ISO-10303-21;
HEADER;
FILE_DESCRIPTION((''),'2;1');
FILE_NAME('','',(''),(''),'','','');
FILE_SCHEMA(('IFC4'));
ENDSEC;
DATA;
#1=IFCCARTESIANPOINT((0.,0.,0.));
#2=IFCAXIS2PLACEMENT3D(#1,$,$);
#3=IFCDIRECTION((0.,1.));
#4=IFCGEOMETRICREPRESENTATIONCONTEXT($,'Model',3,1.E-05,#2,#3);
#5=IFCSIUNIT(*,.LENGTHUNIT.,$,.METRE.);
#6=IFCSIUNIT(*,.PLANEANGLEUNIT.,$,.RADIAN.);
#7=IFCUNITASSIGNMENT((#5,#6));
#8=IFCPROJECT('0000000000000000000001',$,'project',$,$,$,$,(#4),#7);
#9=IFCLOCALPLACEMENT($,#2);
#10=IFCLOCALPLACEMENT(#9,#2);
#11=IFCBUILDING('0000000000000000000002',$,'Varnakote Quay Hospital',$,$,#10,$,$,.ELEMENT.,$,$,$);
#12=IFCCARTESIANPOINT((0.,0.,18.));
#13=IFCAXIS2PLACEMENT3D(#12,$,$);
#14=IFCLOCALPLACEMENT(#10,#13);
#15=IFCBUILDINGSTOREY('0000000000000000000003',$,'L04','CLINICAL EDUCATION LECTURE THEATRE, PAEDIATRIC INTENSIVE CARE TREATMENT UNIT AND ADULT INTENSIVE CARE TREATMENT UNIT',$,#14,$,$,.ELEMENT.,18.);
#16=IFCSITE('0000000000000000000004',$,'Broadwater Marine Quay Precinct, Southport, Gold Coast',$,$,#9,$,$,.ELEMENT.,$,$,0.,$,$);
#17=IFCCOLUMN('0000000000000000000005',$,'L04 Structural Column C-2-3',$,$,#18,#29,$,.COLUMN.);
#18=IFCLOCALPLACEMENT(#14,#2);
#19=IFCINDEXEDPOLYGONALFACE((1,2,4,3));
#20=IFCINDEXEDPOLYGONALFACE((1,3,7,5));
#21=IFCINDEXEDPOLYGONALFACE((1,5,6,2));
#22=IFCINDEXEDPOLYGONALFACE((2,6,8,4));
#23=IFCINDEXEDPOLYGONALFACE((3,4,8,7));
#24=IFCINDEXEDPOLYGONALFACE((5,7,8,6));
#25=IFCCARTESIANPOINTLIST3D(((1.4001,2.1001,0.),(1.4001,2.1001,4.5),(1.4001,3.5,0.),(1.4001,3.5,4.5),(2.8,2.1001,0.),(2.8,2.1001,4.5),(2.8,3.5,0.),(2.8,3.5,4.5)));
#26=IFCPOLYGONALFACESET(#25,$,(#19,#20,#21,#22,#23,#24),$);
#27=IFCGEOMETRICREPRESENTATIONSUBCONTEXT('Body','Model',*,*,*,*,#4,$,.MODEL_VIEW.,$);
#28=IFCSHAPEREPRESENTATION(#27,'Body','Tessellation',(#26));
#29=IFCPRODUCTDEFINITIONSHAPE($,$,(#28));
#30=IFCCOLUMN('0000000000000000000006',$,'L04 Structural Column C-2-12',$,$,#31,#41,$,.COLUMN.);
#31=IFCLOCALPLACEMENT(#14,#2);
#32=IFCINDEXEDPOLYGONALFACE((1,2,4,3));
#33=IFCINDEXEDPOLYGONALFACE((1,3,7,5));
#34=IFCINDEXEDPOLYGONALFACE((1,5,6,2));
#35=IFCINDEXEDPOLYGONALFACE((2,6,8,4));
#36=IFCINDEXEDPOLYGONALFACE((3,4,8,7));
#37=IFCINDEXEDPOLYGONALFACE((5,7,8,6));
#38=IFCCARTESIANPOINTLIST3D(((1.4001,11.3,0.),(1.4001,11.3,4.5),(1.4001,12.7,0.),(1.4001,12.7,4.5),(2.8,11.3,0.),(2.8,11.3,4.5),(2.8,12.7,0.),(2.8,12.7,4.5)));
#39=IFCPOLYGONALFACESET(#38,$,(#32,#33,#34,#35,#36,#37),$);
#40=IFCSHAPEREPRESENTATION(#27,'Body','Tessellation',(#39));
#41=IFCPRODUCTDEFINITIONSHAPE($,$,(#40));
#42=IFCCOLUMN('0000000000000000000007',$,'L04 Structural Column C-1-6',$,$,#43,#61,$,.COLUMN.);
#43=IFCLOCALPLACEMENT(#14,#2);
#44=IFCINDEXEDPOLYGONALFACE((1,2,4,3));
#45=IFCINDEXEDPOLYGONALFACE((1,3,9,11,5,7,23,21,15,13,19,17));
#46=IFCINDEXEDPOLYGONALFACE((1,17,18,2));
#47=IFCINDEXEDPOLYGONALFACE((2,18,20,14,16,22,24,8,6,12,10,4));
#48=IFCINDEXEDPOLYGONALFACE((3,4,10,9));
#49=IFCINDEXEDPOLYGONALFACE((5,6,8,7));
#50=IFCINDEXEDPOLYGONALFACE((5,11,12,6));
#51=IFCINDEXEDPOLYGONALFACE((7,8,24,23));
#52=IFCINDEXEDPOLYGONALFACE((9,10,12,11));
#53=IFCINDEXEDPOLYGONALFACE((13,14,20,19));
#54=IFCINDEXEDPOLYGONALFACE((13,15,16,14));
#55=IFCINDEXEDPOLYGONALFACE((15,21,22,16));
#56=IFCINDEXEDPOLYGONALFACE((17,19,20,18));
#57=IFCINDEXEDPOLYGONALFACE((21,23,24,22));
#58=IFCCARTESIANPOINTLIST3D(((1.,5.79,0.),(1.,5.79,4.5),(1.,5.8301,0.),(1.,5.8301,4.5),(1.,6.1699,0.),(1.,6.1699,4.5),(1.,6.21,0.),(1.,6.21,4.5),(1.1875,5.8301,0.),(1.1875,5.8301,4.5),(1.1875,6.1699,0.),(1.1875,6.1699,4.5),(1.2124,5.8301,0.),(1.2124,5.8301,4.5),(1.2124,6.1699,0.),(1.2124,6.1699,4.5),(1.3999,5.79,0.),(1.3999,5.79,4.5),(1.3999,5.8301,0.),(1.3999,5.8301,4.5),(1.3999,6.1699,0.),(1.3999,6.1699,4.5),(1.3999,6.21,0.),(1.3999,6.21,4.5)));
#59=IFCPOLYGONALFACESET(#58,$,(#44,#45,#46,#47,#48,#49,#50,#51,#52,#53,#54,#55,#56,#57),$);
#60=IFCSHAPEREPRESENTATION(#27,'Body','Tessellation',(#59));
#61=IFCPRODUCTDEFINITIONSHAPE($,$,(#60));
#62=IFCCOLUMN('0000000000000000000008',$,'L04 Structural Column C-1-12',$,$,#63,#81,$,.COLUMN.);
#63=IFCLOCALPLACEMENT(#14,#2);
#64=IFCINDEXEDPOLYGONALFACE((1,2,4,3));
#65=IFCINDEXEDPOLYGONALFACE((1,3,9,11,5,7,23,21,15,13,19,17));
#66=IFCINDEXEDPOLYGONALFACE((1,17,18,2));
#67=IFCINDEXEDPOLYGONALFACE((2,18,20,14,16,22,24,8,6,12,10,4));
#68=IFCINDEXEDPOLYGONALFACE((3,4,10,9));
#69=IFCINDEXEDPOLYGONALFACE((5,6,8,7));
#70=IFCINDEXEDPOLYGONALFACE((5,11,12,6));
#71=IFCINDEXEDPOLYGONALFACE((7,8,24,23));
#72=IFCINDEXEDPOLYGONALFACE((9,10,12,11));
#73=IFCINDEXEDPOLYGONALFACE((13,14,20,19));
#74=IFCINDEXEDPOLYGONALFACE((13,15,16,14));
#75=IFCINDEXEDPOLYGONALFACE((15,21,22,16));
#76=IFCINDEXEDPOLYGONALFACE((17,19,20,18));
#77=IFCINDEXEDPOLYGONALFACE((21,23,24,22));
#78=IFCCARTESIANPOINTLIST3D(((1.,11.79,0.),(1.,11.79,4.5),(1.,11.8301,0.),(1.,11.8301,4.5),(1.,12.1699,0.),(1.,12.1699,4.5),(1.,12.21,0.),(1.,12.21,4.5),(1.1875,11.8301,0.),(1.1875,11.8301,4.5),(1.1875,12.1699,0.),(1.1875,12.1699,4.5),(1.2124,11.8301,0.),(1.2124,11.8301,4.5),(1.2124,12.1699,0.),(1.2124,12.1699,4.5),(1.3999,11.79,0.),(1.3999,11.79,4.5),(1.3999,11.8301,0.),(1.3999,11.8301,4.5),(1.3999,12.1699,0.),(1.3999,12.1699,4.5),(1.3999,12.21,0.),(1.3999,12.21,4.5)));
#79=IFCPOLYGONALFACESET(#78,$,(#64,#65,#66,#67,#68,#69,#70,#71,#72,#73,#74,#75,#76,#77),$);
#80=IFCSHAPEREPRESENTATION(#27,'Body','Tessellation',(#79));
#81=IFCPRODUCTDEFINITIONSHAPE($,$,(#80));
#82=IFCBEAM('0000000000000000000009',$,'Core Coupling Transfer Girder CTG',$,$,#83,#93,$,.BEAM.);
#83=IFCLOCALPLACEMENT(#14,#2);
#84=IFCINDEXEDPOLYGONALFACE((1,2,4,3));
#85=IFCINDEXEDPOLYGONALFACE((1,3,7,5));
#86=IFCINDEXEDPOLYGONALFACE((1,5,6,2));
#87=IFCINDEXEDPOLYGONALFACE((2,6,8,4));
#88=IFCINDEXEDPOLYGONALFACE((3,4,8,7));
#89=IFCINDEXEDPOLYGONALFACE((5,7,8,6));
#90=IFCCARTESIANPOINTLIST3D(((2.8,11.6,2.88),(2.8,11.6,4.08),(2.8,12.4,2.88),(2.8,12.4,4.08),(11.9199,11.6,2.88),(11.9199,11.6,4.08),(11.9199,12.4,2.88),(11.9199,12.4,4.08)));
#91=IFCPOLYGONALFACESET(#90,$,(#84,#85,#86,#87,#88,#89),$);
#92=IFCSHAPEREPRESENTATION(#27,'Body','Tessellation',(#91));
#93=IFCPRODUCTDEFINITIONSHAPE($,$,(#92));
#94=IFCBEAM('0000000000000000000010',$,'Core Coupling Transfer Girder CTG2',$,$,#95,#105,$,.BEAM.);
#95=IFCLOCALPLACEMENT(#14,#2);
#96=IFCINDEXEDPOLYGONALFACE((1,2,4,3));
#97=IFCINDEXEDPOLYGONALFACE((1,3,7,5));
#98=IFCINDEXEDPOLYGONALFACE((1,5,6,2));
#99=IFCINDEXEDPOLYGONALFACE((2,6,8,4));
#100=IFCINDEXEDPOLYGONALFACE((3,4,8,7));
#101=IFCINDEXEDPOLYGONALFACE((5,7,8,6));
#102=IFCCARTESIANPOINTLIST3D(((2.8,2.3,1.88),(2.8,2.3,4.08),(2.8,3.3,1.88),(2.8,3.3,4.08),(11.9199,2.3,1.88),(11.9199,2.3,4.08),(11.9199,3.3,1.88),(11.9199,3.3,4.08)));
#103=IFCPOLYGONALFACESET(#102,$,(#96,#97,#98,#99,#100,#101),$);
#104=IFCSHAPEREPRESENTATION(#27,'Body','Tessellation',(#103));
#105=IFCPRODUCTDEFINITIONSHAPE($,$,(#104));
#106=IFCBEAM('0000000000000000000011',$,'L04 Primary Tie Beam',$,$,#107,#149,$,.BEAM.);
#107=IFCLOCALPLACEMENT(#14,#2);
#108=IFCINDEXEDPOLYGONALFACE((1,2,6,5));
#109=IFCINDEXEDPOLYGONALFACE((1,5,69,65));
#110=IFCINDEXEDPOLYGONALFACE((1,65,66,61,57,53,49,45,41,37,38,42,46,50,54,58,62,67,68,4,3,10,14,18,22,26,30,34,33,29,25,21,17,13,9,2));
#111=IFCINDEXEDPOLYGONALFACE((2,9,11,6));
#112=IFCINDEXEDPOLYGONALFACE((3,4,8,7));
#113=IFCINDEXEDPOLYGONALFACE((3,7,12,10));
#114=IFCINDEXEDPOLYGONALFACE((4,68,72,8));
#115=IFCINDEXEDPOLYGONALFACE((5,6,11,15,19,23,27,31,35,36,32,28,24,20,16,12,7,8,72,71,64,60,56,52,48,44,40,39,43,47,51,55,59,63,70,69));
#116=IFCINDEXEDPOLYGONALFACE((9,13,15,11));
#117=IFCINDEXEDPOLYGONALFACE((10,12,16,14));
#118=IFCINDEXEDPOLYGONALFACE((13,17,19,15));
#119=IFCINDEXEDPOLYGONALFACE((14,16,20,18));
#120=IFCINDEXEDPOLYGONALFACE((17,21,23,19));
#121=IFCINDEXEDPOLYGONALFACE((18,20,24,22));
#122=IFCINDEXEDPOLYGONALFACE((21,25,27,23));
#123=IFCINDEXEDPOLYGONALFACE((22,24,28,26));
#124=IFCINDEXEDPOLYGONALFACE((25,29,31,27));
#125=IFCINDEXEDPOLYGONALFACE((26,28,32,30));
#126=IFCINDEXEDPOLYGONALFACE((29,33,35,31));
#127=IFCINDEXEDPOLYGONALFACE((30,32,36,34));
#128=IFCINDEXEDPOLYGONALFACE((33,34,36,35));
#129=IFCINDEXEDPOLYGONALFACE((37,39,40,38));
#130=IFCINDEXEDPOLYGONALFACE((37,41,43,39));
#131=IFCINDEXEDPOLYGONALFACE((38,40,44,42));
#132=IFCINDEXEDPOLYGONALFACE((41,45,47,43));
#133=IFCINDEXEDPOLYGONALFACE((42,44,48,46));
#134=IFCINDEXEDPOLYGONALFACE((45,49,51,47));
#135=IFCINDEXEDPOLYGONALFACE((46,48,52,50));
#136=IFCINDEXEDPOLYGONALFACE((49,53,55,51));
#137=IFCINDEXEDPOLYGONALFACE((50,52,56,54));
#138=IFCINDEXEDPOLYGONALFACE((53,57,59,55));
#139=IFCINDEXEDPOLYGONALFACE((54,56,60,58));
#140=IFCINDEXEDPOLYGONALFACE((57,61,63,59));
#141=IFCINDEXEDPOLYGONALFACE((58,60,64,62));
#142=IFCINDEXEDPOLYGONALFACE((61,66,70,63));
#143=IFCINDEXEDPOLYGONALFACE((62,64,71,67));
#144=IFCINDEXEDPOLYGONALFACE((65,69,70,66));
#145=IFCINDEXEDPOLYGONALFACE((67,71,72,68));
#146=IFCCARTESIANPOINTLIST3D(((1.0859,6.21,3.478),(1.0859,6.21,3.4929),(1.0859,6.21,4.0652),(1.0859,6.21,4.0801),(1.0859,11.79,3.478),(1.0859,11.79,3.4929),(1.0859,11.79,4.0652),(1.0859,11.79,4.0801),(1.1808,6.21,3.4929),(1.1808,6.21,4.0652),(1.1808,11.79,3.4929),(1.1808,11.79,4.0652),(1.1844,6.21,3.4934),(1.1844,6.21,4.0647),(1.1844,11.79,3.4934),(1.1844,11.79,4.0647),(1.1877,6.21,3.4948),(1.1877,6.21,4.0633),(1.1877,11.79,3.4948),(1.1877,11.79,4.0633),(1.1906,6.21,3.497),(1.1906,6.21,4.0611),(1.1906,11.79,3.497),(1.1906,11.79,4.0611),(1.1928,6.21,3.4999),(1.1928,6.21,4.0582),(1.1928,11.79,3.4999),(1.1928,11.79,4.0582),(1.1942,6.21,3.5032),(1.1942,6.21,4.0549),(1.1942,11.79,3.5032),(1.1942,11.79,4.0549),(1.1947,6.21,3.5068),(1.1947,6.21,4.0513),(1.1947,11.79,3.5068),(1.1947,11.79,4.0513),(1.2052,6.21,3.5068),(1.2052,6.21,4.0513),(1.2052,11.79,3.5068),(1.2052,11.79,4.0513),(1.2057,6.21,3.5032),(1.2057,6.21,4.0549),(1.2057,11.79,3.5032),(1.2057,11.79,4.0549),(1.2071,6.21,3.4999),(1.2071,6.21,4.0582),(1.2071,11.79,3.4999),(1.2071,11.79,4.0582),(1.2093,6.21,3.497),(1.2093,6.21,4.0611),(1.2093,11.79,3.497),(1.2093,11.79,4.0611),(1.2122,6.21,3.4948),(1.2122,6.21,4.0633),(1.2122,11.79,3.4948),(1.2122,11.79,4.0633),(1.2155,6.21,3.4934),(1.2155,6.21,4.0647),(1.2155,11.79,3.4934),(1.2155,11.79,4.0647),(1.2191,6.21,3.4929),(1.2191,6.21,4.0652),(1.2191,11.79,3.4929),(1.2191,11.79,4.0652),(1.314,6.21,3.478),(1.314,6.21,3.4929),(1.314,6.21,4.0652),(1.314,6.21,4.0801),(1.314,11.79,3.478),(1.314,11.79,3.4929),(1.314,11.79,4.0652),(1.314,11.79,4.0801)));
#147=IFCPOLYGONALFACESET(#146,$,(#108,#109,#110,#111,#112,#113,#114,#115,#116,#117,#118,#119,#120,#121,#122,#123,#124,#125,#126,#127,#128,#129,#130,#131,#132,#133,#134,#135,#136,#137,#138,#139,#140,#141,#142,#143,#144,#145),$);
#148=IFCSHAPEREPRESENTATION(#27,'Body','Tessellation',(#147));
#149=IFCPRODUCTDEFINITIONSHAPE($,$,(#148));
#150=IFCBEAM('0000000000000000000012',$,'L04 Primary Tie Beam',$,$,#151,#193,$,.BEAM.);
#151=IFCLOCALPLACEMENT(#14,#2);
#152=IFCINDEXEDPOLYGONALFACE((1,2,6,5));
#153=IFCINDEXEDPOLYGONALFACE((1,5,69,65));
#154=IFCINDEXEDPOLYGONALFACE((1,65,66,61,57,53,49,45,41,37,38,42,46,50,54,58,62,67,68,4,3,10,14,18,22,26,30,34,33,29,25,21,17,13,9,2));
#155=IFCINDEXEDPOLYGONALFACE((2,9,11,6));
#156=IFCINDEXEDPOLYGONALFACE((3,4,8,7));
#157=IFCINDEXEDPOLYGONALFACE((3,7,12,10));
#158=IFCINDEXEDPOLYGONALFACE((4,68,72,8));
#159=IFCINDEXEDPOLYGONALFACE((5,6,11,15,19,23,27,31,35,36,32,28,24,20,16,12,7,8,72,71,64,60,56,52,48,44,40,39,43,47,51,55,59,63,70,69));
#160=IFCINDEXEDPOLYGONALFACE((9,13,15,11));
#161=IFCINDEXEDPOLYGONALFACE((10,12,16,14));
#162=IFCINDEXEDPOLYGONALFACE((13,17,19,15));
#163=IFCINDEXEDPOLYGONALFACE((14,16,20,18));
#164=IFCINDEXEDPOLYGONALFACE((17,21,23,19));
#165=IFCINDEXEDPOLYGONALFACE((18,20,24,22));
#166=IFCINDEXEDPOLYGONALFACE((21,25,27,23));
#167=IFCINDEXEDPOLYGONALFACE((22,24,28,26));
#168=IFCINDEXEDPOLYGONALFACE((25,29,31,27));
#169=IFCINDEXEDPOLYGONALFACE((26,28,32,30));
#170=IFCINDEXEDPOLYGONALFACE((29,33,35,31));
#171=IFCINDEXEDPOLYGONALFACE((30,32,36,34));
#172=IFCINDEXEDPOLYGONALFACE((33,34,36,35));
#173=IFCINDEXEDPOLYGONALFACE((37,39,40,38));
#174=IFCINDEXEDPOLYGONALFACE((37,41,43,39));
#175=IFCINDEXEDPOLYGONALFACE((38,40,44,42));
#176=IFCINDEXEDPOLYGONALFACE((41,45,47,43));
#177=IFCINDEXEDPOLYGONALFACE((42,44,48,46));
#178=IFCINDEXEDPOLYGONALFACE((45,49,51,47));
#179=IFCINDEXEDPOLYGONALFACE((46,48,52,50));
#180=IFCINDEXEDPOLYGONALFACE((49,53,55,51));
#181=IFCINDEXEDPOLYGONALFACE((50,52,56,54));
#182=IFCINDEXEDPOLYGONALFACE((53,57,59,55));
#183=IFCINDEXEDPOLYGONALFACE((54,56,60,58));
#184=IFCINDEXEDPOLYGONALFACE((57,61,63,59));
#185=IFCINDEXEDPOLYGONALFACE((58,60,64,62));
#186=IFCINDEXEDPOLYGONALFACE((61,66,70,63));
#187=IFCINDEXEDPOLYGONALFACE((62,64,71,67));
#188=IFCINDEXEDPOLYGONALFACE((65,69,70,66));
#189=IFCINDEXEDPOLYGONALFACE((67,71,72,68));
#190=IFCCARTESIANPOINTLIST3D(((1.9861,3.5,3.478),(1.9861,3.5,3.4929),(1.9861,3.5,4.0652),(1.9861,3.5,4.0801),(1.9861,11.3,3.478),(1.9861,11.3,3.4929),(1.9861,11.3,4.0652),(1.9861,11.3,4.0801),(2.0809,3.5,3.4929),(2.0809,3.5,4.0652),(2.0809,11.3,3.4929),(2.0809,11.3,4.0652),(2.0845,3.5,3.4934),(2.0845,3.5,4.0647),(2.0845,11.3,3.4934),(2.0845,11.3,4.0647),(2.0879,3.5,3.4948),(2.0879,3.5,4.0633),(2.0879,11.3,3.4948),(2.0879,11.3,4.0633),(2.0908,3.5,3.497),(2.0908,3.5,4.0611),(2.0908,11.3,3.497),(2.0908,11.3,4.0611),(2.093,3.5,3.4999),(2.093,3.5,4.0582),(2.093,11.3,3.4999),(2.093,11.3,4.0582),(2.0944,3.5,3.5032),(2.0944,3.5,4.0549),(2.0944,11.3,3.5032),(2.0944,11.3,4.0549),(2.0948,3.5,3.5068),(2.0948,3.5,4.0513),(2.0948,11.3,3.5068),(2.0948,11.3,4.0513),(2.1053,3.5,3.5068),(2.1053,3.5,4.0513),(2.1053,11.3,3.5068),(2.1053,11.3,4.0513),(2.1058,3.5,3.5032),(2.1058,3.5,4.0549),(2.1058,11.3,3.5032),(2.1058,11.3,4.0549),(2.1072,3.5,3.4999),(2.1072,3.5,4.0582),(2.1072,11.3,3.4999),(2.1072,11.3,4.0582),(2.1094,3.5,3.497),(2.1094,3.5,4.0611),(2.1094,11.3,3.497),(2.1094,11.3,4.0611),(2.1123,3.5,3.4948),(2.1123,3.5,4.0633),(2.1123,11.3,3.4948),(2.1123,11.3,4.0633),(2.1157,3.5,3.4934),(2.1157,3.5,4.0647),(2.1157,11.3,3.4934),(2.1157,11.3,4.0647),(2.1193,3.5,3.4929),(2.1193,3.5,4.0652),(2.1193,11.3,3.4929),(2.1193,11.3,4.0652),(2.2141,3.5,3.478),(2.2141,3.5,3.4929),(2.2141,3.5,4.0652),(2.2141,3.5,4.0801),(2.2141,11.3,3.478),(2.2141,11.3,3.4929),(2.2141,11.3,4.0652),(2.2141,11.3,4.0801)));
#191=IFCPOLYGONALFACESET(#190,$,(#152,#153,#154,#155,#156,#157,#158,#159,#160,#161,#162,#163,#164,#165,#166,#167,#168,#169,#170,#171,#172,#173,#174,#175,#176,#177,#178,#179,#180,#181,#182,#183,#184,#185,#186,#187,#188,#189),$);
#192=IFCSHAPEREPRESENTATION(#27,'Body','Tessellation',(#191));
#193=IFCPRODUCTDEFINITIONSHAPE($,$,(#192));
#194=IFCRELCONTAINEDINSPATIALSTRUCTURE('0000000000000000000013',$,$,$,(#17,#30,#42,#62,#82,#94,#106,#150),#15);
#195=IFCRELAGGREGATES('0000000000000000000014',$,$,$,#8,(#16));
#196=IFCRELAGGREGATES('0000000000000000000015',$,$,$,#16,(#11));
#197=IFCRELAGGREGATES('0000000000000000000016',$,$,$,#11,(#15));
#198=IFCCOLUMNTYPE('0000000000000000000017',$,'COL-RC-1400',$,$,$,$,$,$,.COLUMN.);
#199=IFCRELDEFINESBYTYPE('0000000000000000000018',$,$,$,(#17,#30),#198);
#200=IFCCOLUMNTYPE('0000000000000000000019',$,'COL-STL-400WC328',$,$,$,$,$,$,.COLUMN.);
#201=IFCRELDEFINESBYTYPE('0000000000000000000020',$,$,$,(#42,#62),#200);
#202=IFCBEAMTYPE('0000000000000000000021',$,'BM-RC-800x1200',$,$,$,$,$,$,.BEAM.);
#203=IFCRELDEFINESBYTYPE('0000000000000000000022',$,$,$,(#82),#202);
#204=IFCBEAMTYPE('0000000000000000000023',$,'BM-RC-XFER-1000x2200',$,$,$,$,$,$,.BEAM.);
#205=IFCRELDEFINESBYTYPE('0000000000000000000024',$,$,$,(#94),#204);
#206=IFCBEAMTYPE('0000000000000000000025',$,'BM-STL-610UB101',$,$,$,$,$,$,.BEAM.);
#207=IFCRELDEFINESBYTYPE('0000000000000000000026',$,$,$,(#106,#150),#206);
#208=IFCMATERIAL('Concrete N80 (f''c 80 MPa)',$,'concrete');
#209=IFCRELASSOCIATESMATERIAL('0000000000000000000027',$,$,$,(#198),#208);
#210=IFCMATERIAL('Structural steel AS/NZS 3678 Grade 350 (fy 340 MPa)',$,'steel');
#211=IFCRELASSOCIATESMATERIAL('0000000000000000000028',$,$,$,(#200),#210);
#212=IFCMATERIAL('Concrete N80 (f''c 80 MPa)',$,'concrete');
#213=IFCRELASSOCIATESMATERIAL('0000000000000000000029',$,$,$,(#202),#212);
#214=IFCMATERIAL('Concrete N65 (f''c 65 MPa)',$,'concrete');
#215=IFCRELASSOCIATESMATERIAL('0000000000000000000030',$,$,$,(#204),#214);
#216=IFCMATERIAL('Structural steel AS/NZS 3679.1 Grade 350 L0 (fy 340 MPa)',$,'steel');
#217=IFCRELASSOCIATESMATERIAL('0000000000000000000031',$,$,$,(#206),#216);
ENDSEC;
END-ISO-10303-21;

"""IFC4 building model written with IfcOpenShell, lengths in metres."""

from ifc_helpers import new_model, si_unit, direction, frame, origin, origin_2d, place, context, subcontext, project, spatial, rectangle, i_section, extrude, material, material_profile, profile_set, type_object, element, save


model = new_model("IFC4")

# Units and contexts
model_context = context("Model", 3, precision=1e-05, world=origin(), true_north=direction((0.0, 1.0)))
body_context = subcontext(model_context, "Body", "Model", "MODEL_VIEW")
ifc_project = project(units=[si_unit("LENGTHUNIT", "METRE"), si_unit("PLANEANGLEUNIT", "RADIAN")], contexts=[model_context])

# Site, building, storey
site_placement = place(None, origin())
site = spatial("IfcSite", under=ifc_project, at=site_placement, Name="Broadwater Marine Quay Precinct, Southport, Gold Coast", CompositionType="ELEMENT", RefElevation=0.0)
building_placement = place(site_placement, origin())
building = spatial("IfcBuilding", under=site, at=building_placement, Name="Varnakote Quay Hospital", CompositionType="ELEMENT")
storey_placement = place(building_placement, frame((0.0, 0.0, 18.0)))
storey = spatial("IfcBuildingStorey", under=building, at=storey_placement, Name="L04", Description="CLINICAL EDUCATION LECTURE THEATRE, PAEDIATRIC INTENSIVE CARE TREATMENT UNIT AND ADULT INTENSIVE CARE TREATMENT UNIT", CompositionType="ELEMENT", Elevation=18.0)

# Columns
ifc_material_1 = material(Name="Concrete N80 (f'c 80 MPa)", Category="concrete")
ifc_material_profile_1 = material_profile(ifc_material_1, rectangle(XDim=1.3999, YDim=1.3999, at=origin_2d()), Name="RC-COL-1400x1400")
ifc_profile_set_1 = profile_set([ifc_material_profile_1], Name="Concrete N80 (f'c 80 MPa)")
column_type_1 = type_object("IfcColumnType", Name="COL-RC-1400", PredefinedType="COLUMN", material=ifc_profile_set_1)
for number, where, z_axis, x_axis, name in (
    (1, (2.1001, 2.8, 0.0), (0.0, 0.0, 1.0), (1.0, 0.0, 0.0), "L04 Structural Column C-2-3"),
    (2, (2.1001, 12.0, 0.0), (0.0, 0.0, 1.0), (1.0, 0.0, 0.0), "L04 Structural Column C-2-12"),
):
    element("IfcColumn", number, at=place(storey_placement, frame(where, z_axis=z_axis, x_axis=x_axis)), inside=storey, type_object=column_type_1, Name=name, PredefinedType="COLUMN", context=body_context, shape_type="SweptSolid", body=[
        extrude(rectangle(XDim=1.3999, YDim=1.3999, at=origin_2d()), origin(), (0.0, 0.0, 1.0), 4.5),
    ])
ifc_material_2 = material(Name="Structural steel AS/NZS 3678 Grade 350 (fy 340 MPa)", Category="steel")
ifc_material_profile_2 = material_profile(ifc_material_2, i_section(OverallWidth=0.3999, OverallDepth=0.4199, WebThickness=0.0249, FlangeThickness=0.04, at=origin_2d()), Name="400WC328")
ifc_profile_set_2 = profile_set([ifc_material_profile_2], Name="Structural steel AS/NZS 3678 Grade 350 (fy 340 MPa)")
column_type_2 = type_object("IfcColumnType", Name="COL-STL-400WC328", PredefinedType="COLUMN", material=ifc_profile_set_2)
for number, where, z_axis, x_axis, name in (
    (3, (1.2, 6.0, 0.0), (0.0, 0.0, 1.0), (1.0, 0.0, 0.0), "L04 Structural Column C-1-6"),
    (4, (1.2, 12.0, 0.0), (0.0, 0.0, 1.0), (1.0, 0.0, 0.0), "L04 Structural Column C-1-12"),
):
    element("IfcColumn", number, at=place(storey_placement, frame(where, z_axis=z_axis, x_axis=x_axis)), inside=storey, type_object=column_type_2, Name=name, PredefinedType="COLUMN", context=body_context, shape_type="SweptSolid", body=[
        extrude(i_section(OverallWidth=0.3999, OverallDepth=0.4199, WebThickness=0.0249, FlangeThickness=0.04, at=origin_2d()), origin(), (0.0, 0.0, 1.0), 4.5),
    ])

# Beams
ifc_material_3 = material(Name="Concrete N80 (f'c 80 MPa)", Category="concrete")
ifc_material_profile_3 = material_profile(ifc_material_3, rectangle(XDim=0.8, YDim=1.2, at=origin_2d()), Name="RC-BM-800x1200")
ifc_profile_set_3 = profile_set([ifc_material_profile_3], Name="Concrete N80 (f'c 80 MPa)")
beam_type_1 = type_object("IfcBeamType", Name="BM-RC-800x1200", PredefinedType="BEAM", material=ifc_profile_set_3)
beam_1_placement = place(storey_placement, frame((2.8, 12.0, 3.48), z_axis=(1.0, 0.0, 0.0), x_axis=(0.0, 1.0, 0.0)))
element("IfcBeam", 5, at=beam_1_placement, inside=storey, type_object=beam_type_1, Name="Core Coupling Transfer Girder CTG", PredefinedType="BEAM", context=body_context, shape_type="SweptSolid", body=[
    extrude(rectangle(XDim=0.8, YDim=1.2, at=origin_2d()), origin(), (0.0, 0.0, 1.0), 9.1199),
])
ifc_material_4 = material(Name="Concrete N65 (f'c 65 MPa)", Category="concrete")
ifc_material_profile_4 = material_profile(ifc_material_4, rectangle(XDim=1.0, YDim=2.2, at=origin_2d()), Name="RC-BM-1000x2200")
ifc_profile_set_4 = profile_set([ifc_material_profile_4], Name="Concrete N65 (f'c 65 MPa)")
beam_type_2 = type_object("IfcBeamType", Name="BM-RC-XFER-1000x2200", PredefinedType="BEAM", material=ifc_profile_set_4)
beam_2_placement = place(storey_placement, frame((2.8, 2.8, 2.98), z_axis=(1.0, 0.0, 0.0), x_axis=(0.0, 1.0, 0.0)))
element("IfcBeam", 6, at=beam_2_placement, inside=storey, type_object=beam_type_2, Name="Core Coupling Transfer Girder CTG2", PredefinedType="BEAM", context=body_context, shape_type="SweptSolid", body=[
    extrude(rectangle(XDim=1.0, YDim=2.2, at=origin_2d()), origin(), (0.0, 0.0, 1.0), 9.1199),
])
ifc_material_5 = material(Name="Structural steel AS/NZS 3679.1 Grade 350 L0 (fy 340 MPa)", Category="steel")
ifc_material_profile_5 = material_profile(ifc_material_5, i_section(OverallWidth=0.228, OverallDepth=0.6021, WebThickness=0.0105, FlangeThickness=0.0149, FilletRadius=0.0139, at=origin_2d()), Name="610UB101")
ifc_profile_set_5 = profile_set([ifc_material_profile_5], Name="Structural steel AS/NZS 3679.1 Grade 350 L0 (fy 340 MPa)")
beam_type_3 = type_object("IfcBeamType", Name="BM-STL-610UB101", PredefinedType="BEAM", material=ifc_profile_set_5)
beam_3_placement = place(storey_placement, frame((1.2, 6.21, 3.7791), z_axis=(0.0, 1.0, 0.0), x_axis=(-1.0, 0.0, 0.0)))
element("IfcBeam", 7, at=beam_3_placement, inside=storey, type_object=beam_type_3, Name="L04 Primary Tie Beam", PredefinedType="BEAM", context=body_context, shape_type="SweptSolid", body=[
    extrude(i_section(OverallWidth=0.228, OverallDepth=0.6021, WebThickness=0.0105, FlangeThickness=0.0149, FilletRadius=0.0139, at=origin_2d()), origin(), (0.0, 0.0, 1.0), 5.5801),
])
beam_4_placement = place(storey_placement, frame((2.1001, 3.5, 3.7791), z_axis=(0.0, 1.0, 0.0), x_axis=(-1.0, 0.0, 0.0)))
element("IfcBeam", 8, at=beam_4_placement, inside=storey, type_object=beam_type_3, Name="L04 Primary Tie Beam", PredefinedType="BEAM", context=body_context, shape_type="SweptSolid", body=[
    extrude(i_section(OverallWidth=0.228, OverallDepth=0.6021, WebThickness=0.0105, FlangeThickness=0.0149, FilletRadius=0.0139, at=origin_2d()), origin(), (0.0, 0.0, 1.0), 7.8),
])

save(model, "model.ifc")
